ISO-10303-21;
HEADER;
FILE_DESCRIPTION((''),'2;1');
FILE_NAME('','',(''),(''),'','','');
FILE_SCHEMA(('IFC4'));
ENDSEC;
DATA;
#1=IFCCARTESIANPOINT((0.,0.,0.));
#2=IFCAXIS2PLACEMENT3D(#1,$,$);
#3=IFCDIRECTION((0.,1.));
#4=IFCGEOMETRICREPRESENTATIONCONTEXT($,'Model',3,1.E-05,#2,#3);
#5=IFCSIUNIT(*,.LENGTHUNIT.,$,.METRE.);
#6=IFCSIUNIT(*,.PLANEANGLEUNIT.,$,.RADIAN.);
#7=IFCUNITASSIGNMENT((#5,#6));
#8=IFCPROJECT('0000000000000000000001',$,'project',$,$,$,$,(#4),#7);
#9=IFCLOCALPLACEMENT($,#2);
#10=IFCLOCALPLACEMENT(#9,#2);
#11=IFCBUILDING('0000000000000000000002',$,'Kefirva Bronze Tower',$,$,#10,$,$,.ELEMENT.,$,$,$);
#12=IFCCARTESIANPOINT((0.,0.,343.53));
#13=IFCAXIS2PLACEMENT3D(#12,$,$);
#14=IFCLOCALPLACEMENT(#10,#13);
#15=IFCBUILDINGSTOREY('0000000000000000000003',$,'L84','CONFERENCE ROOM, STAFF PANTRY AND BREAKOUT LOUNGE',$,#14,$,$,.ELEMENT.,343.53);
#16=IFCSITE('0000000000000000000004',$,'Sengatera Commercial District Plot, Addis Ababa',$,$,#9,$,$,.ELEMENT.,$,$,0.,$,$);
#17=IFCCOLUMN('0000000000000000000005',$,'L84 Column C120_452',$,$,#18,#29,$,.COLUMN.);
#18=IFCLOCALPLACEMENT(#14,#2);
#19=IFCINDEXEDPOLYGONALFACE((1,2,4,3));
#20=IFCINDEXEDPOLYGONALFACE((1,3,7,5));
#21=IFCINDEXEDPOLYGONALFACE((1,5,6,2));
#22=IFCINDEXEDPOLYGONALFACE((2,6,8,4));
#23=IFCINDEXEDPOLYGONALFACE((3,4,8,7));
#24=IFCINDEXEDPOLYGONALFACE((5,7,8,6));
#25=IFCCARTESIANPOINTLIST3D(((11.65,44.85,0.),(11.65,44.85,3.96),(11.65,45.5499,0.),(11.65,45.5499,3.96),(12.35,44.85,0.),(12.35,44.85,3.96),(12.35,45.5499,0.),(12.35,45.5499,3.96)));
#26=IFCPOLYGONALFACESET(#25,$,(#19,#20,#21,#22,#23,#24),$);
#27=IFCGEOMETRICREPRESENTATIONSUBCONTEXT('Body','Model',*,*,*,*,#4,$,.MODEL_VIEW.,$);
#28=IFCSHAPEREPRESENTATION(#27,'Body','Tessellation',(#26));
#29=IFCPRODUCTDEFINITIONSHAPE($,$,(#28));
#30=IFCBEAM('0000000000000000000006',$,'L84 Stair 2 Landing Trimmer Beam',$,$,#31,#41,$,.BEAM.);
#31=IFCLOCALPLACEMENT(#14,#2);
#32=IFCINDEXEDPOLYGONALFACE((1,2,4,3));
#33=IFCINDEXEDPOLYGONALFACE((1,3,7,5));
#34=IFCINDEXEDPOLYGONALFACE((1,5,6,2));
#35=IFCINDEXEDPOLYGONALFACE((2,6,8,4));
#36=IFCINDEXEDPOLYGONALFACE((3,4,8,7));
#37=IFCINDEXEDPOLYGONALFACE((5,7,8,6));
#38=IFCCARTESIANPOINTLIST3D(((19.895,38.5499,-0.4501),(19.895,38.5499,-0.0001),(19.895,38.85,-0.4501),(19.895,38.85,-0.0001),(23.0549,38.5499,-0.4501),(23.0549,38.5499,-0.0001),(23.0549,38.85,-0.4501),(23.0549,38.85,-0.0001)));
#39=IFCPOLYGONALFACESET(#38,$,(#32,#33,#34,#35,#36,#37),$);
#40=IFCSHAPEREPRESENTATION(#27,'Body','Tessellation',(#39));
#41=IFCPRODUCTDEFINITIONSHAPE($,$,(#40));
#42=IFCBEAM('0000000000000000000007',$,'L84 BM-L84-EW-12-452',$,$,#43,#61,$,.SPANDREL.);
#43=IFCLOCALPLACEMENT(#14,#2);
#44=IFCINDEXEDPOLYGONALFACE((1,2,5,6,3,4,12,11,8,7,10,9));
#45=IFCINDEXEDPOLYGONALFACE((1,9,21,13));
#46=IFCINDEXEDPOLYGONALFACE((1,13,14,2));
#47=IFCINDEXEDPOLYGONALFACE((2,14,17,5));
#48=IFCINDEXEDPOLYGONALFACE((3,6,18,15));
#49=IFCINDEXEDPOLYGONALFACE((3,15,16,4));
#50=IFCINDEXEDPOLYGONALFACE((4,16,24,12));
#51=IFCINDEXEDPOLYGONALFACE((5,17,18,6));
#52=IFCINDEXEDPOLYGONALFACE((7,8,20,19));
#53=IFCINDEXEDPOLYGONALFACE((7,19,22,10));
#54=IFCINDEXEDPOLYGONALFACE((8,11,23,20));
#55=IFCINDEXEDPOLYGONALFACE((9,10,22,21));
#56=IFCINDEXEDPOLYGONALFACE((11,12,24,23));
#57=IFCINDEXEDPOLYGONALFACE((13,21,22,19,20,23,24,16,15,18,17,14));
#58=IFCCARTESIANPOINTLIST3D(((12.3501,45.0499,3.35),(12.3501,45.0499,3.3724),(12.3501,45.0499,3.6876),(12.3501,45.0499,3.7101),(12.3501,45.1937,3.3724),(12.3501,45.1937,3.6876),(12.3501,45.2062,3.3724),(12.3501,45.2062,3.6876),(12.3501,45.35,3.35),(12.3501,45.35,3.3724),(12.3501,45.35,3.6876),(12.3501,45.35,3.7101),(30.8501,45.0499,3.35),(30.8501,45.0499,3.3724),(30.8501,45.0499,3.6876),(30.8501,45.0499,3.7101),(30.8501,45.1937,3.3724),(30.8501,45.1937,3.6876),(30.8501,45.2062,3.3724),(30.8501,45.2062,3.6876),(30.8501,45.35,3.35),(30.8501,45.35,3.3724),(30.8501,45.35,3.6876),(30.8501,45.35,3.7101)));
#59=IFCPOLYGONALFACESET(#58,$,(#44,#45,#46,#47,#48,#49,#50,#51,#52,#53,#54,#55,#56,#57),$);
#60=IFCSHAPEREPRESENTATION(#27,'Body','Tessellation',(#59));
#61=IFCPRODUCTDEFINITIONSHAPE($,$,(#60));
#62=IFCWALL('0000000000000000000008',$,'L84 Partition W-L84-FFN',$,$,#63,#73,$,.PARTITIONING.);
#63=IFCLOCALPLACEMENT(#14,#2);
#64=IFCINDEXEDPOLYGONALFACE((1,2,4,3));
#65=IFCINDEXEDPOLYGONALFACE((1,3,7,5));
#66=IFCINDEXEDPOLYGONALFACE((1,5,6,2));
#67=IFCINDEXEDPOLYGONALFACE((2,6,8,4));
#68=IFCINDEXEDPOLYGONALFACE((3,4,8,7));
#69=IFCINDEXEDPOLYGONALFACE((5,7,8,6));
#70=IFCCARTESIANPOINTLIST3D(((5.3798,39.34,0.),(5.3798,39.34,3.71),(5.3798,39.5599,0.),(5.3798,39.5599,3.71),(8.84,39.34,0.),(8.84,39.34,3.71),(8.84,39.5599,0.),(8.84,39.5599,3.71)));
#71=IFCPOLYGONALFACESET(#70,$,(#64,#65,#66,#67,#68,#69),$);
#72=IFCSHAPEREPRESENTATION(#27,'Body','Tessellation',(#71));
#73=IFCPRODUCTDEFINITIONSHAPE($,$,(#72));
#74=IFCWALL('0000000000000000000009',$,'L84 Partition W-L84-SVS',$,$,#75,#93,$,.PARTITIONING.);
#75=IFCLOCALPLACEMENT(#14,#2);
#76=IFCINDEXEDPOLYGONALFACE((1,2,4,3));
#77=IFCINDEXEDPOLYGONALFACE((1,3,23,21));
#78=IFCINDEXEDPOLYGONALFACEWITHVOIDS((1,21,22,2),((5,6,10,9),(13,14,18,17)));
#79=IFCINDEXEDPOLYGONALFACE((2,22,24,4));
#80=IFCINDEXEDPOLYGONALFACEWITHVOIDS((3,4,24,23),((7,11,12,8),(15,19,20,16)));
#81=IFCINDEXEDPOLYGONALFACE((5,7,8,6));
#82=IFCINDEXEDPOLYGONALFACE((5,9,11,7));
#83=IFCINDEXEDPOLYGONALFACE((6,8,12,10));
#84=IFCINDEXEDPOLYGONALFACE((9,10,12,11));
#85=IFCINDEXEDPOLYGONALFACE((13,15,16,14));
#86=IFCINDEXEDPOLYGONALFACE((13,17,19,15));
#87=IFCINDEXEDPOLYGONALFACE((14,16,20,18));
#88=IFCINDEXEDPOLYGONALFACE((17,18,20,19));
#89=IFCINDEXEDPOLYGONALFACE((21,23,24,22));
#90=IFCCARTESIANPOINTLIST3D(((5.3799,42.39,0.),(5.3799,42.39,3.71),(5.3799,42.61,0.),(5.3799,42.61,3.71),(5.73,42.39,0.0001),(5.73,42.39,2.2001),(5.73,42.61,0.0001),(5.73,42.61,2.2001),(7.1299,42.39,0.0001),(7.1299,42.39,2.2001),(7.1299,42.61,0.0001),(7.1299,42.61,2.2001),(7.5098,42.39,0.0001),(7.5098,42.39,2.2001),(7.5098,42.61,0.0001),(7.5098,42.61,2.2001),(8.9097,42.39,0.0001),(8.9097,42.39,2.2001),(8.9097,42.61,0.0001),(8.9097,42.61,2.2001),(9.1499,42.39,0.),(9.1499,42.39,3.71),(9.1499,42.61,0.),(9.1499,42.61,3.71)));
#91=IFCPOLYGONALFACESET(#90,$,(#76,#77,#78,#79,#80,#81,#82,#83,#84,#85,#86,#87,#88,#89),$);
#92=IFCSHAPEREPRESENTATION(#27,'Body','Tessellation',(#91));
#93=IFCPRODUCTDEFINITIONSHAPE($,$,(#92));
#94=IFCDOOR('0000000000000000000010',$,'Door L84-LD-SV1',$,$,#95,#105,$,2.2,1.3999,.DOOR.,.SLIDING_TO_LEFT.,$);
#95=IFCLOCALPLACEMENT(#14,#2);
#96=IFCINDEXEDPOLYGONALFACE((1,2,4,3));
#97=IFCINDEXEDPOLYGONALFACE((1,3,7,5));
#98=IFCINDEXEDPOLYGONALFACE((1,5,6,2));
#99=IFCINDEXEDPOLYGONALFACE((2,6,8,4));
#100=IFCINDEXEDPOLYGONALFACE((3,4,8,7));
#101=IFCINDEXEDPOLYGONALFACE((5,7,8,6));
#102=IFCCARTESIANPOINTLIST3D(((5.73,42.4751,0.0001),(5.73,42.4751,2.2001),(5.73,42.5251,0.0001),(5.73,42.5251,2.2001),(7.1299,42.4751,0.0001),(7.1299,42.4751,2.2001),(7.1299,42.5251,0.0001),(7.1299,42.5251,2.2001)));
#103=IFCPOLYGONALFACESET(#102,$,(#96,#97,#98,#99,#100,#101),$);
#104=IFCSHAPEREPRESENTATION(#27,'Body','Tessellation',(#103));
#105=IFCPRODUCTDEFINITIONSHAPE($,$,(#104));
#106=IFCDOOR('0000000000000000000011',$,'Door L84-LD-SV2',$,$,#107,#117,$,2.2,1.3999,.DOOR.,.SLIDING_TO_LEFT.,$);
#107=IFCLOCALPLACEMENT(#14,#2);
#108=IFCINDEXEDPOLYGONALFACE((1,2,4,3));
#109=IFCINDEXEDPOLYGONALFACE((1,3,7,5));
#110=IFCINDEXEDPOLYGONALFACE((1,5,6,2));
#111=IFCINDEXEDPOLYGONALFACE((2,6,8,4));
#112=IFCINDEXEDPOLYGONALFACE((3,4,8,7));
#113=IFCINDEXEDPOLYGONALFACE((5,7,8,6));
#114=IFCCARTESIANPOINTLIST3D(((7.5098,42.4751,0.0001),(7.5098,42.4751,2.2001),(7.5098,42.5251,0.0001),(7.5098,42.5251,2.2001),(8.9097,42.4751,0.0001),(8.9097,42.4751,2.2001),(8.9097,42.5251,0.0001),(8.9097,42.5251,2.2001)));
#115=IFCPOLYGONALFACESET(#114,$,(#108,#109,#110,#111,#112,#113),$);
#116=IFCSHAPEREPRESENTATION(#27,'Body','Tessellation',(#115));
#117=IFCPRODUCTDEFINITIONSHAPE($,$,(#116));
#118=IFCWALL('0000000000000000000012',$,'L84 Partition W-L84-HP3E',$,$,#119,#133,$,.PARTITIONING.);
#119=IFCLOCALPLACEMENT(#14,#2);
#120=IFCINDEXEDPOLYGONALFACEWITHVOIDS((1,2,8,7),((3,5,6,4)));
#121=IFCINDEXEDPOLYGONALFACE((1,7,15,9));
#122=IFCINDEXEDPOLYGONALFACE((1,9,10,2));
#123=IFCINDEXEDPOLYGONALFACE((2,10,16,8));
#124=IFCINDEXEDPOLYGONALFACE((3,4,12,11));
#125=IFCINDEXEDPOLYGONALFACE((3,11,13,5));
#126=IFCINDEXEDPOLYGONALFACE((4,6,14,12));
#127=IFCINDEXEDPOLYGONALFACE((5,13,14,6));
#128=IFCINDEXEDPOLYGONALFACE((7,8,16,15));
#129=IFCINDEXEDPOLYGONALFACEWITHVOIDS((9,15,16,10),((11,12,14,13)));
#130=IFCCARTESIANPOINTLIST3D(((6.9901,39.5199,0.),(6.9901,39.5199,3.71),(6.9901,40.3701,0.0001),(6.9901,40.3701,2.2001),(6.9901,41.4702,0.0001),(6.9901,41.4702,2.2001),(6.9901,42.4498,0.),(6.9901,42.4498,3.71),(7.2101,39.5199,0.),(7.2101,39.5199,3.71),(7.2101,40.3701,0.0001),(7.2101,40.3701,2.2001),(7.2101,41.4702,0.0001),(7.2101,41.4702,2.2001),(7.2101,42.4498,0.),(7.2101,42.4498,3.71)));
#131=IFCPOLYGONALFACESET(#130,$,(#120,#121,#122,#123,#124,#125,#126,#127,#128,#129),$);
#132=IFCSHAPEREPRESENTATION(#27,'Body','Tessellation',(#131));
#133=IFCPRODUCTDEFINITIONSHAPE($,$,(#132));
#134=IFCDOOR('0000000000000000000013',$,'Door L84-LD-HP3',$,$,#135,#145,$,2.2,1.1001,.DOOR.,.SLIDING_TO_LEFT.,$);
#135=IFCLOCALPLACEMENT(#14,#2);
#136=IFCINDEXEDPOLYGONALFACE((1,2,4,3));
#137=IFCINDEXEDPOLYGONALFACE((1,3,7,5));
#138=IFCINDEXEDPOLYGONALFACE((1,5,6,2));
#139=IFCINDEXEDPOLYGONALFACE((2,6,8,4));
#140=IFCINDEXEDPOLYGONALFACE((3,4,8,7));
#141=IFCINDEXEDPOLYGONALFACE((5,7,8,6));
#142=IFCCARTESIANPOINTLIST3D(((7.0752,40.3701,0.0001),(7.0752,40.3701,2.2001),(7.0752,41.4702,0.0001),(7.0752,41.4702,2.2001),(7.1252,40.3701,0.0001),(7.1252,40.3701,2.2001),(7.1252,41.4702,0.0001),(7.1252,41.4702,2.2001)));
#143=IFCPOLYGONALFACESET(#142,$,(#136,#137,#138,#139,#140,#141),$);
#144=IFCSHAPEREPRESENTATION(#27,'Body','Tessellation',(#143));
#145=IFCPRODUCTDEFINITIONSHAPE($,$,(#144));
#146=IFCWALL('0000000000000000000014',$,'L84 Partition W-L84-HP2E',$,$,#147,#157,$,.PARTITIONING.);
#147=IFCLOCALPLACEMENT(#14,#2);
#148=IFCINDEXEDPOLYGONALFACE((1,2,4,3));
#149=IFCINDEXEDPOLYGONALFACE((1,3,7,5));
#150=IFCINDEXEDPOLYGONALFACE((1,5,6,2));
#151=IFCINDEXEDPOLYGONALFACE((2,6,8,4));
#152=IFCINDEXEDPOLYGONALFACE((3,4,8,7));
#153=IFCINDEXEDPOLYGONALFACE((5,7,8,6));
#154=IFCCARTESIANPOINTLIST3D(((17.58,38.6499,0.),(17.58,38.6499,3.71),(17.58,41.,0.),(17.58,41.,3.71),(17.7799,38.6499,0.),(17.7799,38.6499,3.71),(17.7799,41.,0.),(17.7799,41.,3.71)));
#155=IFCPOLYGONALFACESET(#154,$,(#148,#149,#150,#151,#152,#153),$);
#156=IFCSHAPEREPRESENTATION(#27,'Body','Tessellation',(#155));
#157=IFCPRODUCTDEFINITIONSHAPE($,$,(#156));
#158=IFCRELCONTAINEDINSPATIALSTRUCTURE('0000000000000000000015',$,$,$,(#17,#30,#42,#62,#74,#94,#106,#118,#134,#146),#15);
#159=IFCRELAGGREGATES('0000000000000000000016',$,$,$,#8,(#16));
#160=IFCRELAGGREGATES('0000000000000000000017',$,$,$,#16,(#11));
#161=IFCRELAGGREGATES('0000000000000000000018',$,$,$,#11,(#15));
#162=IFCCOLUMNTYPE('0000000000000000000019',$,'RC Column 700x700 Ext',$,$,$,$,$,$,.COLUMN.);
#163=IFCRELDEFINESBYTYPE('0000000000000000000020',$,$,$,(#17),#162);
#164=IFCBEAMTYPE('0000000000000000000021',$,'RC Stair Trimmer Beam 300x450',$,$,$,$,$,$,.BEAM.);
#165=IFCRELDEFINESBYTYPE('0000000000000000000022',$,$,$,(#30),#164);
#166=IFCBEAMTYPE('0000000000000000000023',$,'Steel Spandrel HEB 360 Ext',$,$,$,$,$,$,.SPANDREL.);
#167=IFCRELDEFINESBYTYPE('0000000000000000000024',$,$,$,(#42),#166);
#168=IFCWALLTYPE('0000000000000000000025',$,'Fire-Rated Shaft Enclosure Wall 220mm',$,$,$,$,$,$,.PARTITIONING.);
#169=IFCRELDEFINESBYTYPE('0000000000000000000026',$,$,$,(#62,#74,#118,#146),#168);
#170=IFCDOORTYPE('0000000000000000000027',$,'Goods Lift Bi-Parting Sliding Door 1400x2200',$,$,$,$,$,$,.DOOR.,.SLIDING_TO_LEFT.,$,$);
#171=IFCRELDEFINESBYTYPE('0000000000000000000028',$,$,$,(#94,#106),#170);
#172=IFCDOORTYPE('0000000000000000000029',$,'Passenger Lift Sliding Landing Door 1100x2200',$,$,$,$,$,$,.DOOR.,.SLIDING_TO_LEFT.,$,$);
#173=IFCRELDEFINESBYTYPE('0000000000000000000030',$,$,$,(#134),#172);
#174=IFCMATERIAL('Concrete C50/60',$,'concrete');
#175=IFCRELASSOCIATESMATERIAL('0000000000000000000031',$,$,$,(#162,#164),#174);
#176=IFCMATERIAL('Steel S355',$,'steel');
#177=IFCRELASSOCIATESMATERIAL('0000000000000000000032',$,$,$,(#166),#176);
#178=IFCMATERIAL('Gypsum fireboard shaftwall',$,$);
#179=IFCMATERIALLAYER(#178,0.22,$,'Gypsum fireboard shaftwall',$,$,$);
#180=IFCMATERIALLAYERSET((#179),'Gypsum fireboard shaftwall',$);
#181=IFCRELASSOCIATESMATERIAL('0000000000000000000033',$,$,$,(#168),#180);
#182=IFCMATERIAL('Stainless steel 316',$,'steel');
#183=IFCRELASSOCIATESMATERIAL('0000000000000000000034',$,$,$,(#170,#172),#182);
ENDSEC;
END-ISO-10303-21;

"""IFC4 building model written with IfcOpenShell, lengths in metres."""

from ifc_helpers import new_model, si_unit, direction, frame, frame_2d, origin, origin_2d, place, context, subcontext, project, spatial, rectangle, i_section, extrude, material, layer, layer_set, material_profile, profile_set, type_object, element, fill, save


model = new_model("IFC4")

# Units and contexts
model_context = context("Model", 3, precision=1e-05, world=origin(), true_north=direction((0.0, 1.0)))
body_context = subcontext(model_context, "Body", "Model", "MODEL_VIEW")
ifc_project = project(units=[si_unit("LENGTHUNIT", "METRE"), si_unit("PLANEANGLEUNIT", "RADIAN")], contexts=[model_context])

# Site, building, storey
site_placement = place(None, origin())
site = spatial("IfcSite", under=ifc_project, at=site_placement, Name="Sengatera Commercial District Plot, Addis Ababa", CompositionType="ELEMENT", RefElevation=0.0)
building_placement = place(site_placement, origin())
building = spatial("IfcBuilding", under=site, at=building_placement, Name="Kefirva Bronze Tower", CompositionType="ELEMENT")
storey_placement = place(building_placement, frame((0.0, 0.0, 343.53)))
storey = spatial("IfcBuildingStorey", under=building, at=storey_placement, Name="L84", Description="CONFERENCE ROOM, STAFF PANTRY AND BREAKOUT LOUNGE", CompositionType="ELEMENT", Elevation=343.53)

# Column
ifc_material_1 = material(Name="Concrete C50/60", Category="concrete")
ifc_material_profile_1 = material_profile(ifc_material_1, rectangle(XDim=0.7, YDim=0.7, at=origin_2d()), Name="RC 700x700")
ifc_profile_set_1 = profile_set([ifc_material_profile_1], Name="Concrete C50/60")
column_type = type_object("IfcColumnType", Name="RC Column 700x700 Ext", PredefinedType="COLUMN", material=ifc_profile_set_1)
column_placement = place(storey_placement, frame((12.0, 45.2, 0.0), z_axis=(0.0, 0.0, 1.0), x_axis=(1.0, 0.0, 0.0)))
element("IfcColumn", 1, at=column_placement, inside=storey, type_object=column_type, Name="L84 Column C120_452", PredefinedType="COLUMN", context=body_context, shape_type="SweptSolid", body=[
    extrude(rectangle(XDim=0.7, YDim=0.7, at=origin_2d()), origin(), (0.0, 0.0, 1.0), 3.96),
])

# Beams
ifc_material_profile_2 = material_profile(ifc_material_1, rectangle(XDim=0.3, YDim=0.45, at=origin_2d()), Name="RC 300x450")
ifc_profile_set_2 = profile_set([ifc_material_profile_2], Name="Concrete C50/60")
beam_type_1 = type_object("IfcBeamType", Name="RC Stair Trimmer Beam 300x450", PredefinedType="BEAM", material=ifc_profile_set_2)
beam_1_placement = place(storey_placement, frame((19.895, 38.7, -0.2251), z_axis=(1.0, 0.0, 0.0), x_axis=(0.0, 1.0, 0.0)))
element("IfcBeam", 2, at=beam_1_placement, inside=storey, type_object=beam_type_1, Name="L84 Stair 2 Landing Trimmer Beam", PredefinedType="BEAM", context=body_context, shape_type="SweptSolid", body=[
    extrude(rectangle(XDim=0.3, YDim=0.45, at=origin_2d()), origin(), (0.0, 0.0, 1.0), 3.1599),
])
ifc_material_2 = material(Name="Steel S355", Category="steel")
ifc_material_profile_3 = material_profile(ifc_material_2, i_section(OverallWidth=0.3, OverallDepth=0.3601, WebThickness=0.0125, FlangeThickness=0.0225, at=origin_2d()), Name="HEB 360")
ifc_profile_set_3 = profile_set([ifc_material_profile_3], Name="Steel S355")
beam_type_2 = type_object("IfcBeamType", Name="Steel Spandrel HEB 360 Ext", PredefinedType="SPANDREL", material=ifc_profile_set_3)
beam_2_placement = place(storey_placement, frame((12.3501, 45.2, 3.53), z_axis=(1.0, 0.0, 0.0), x_axis=(0.0, 1.0, 0.0)))
element("IfcBeam", 3, at=beam_2_placement, inside=storey, type_object=beam_type_2, Name="L84 BM-L84-EW-12-452", PredefinedType="SPANDREL", context=body_context, shape_type="SweptSolid", body=[
    extrude(i_section(OverallWidth=0.3, OverallDepth=0.3601, WebThickness=0.0125, FlangeThickness=0.0225, at=origin_2d()), origin(), (0.0, 0.0, 1.0), 18.5),
])

# Wall
ifc_material_3 = material(Name="Gypsum fireboard shaftwall")
ifc_layer_1 = layer(ifc_material_3, 0.22, Name="Gypsum fireboard shaftwall")
ifc_layer_set_1 = layer_set([ifc_layer_1], Name="Gypsum fireboard shaftwall")
wall_type_1 = type_object("IfcWallType", Name="Fire-Rated Shaft Enclosure Wall 220mm", PredefinedType="PARTITIONING", material=ifc_layer_set_1)
wall_1_placement = place(storey_placement, frame((5.3799, 39.45, 0.0), z_axis=(0.0, 0.0, 1.0), x_axis=(1.0, 0.0, 0.0)))
element("IfcWall", 4, at=wall_1_placement, inside=storey, type_object=wall_type_1, Name="L84 Partition W-L84-FFN", PredefinedType="PARTITIONING", context=body_context, shape_type="SweptSolid", body=[
    extrude(rectangle(XDim=3.4602, YDim=0.22, at=frame_2d((1.73, 0.0))), origin(), (0.0, 0.0, 1.0), 3.71),
])

# Wall, openings, doors
wall_2_placement = place(storey_placement, frame((5.3799, 42.5, 0.0), z_axis=(0.0, 0.0, 1.0), x_axis=(1.0, 0.0, 0.0)))
wall_2 = element("IfcWall", 5, at=wall_2_placement, inside=storey, type_object=wall_type_1, Name="L84 Partition W-L84-SVS", PredefinedType="PARTITIONING", context=body_context, shape_type="SweptSolid", body=[
    extrude(rectangle(XDim=3.77, YDim=0.22, at=frame_2d((1.885, 0.0))), origin(), (0.0, 0.0, 1.0), 3.71),
])
opening_1_placement = place(wall_2_placement, frame((1.75, 0.0, 0.0), z_axis=(0.0, 0.0, 1.0), x_axis=(-1.0, 0.0, 0.0)))
opening_1 = element("IfcOpeningElement", 6, at=opening_1_placement, cuts=wall_2, PredefinedType="OPENING", context=body_context, shape_type="SweptSolid", body=[
    extrude(rectangle(XDim=1.3999, YDim=2.2, at=frame_2d((0.7, 1.1001))), frame((0.0, 0.1201, 0.0), z_axis=(0.0, -1.0, 0.0), x_axis=(1.0, 0.0, 0.0)), (0.0, 0.0, 1.0), 0.24),
])
opening_2_placement = place(wall_2_placement, frame((3.5298, 0.0, 0.0), z_axis=(0.0, 0.0, 1.0), x_axis=(-1.0, 0.0, 0.0)))
opening_2 = element("IfcOpeningElement", 7, at=opening_2_placement, cuts=wall_2, PredefinedType="OPENING", context=body_context, shape_type="SweptSolid", body=[
    extrude(rectangle(XDim=1.3999, YDim=2.2, at=frame_2d((0.7, 1.1001))), frame((0.0, 0.1201, 0.0), z_axis=(0.0, -1.0, 0.0), x_axis=(1.0, 0.0, 0.0)), (0.0, 0.0, 1.0), 0.24),
])
ifc_material_4 = material(Name="Stainless steel 316", Category="steel")
door_type_1 = type_object("IfcDoorType", Name="Goods Lift Bi-Parting Sliding Door 1400x2200", OperationType="SLIDING_TO_LEFT", PredefinedType="DOOR", material=ifc_material_4)
door_1_placement = place(opening_1_placement, origin())
door_1 = element("IfcDoor", 8, at=door_1_placement, inside=storey, type_object=door_type_1, Name="Door L84-LD-SV1", OperationType="SLIDING_TO_LEFT", OverallHeight=2.2, OverallWidth=1.3999, PredefinedType="DOOR", context=body_context, shape_type="SweptSolid", body=[
    extrude(rectangle(XDim=1.3999, YDim=2.2, at=frame_2d((0.7, 1.1001))), frame((0.0, 0.0249, 0.0), z_axis=(0.0, -1.0, 0.0), x_axis=(1.0, 0.0, 0.0)), (0.0, 0.0, 1.0), 0.05),
])
fill(opening_1, door_1)
door_2_placement = place(opening_2_placement, origin())
door_2 = element("IfcDoor", 9, at=door_2_placement, inside=storey, type_object=door_type_1, Name="Door L84-LD-SV2", OperationType="SLIDING_TO_LEFT", OverallHeight=2.2, OverallWidth=1.3999, PredefinedType="DOOR", context=body_context, shape_type="SweptSolid", body=[
    extrude(rectangle(XDim=1.3999, YDim=2.2, at=frame_2d((0.7, 1.1001))), frame((0.0, 0.0249, 0.0), z_axis=(0.0, -1.0, 0.0), x_axis=(1.0, 0.0, 0.0)), (0.0, 0.0, 1.0), 0.05),
])
fill(opening_2, door_2)

# Wall, opening, door
wall_3_placement = place(storey_placement, frame((7.1001, 39.52, 0.0), z_axis=(0.0, 0.0, 1.0), x_axis=(0.0, 1.0, 0.0)))
wall_3 = element("IfcWall", 10, at=wall_3_placement, inside=storey, type_object=wall_type_1, Name="L84 Partition W-L84-HP3E", PredefinedType="PARTITIONING", context=body_context, shape_type="SweptSolid", body=[
    extrude(rectangle(XDim=2.9299, YDim=0.22, at=frame_2d((1.4648, 0.0))), origin(), (0.0, 0.0, 1.0), 3.71),
])
opening_3_placement = place(wall_3_placement, frame((0.8501, 0.0, 0.0)))
opening_3 = element("IfcOpeningElement", 11, at=opening_3_placement, cuts=wall_3, PredefinedType="OPENING", context=body_context, shape_type="SweptSolid", body=[
    extrude(rectangle(XDim=1.1001, YDim=2.2, at=frame_2d((0.55, 1.1001))), frame((0.0, 0.1201, 0.0), z_axis=(0.0, -1.0, 0.0), x_axis=(1.0, 0.0, 0.0)), (0.0, 0.0, 1.0), 0.24),
])
door_type_2 = type_object("IfcDoorType", Name="Passenger Lift Sliding Landing Door 1100x2200", OperationType="SLIDING_TO_LEFT", PredefinedType="DOOR", material=ifc_material_4)
door_3_placement = place(opening_3_placement, origin())
door_3 = element("IfcDoor", 12, at=door_3_placement, inside=storey, type_object=door_type_2, Name="Door L84-LD-HP3", OperationType="SLIDING_TO_LEFT", OverallHeight=2.2, OverallWidth=1.1001, PredefinedType="DOOR", context=body_context, shape_type="SweptSolid", body=[
    extrude(rectangle(XDim=1.1001, YDim=2.2, at=frame_2d((0.55, 1.1001))), frame((0.0, 0.0249, 0.0), z_axis=(0.0, -1.0, 0.0), x_axis=(1.0, 0.0, 0.0)), (0.0, 0.0, 1.0), 0.05),
])
fill(opening_3, door_3)

# Wall
wall_4_placement = place(storey_placement, frame((17.6799, 38.6499, 0.0), z_axis=(0.0, 0.0, 1.0), x_axis=(0.0, 1.0, 0.0)))
element("IfcWall", 13, at=wall_4_placement, inside=storey, type_object=wall_type_1, Name="L84 Partition W-L84-HP2E", PredefinedType="PARTITIONING", context=body_context, shape_type="SweptSolid", body=[
    extrude(rectangle(XDim=2.3501, YDim=0.2, at=frame_2d((1.175, 0.0))), origin(), (0.0, 0.0, 1.0), 3.71),
])

save(model, "model.ifc")
